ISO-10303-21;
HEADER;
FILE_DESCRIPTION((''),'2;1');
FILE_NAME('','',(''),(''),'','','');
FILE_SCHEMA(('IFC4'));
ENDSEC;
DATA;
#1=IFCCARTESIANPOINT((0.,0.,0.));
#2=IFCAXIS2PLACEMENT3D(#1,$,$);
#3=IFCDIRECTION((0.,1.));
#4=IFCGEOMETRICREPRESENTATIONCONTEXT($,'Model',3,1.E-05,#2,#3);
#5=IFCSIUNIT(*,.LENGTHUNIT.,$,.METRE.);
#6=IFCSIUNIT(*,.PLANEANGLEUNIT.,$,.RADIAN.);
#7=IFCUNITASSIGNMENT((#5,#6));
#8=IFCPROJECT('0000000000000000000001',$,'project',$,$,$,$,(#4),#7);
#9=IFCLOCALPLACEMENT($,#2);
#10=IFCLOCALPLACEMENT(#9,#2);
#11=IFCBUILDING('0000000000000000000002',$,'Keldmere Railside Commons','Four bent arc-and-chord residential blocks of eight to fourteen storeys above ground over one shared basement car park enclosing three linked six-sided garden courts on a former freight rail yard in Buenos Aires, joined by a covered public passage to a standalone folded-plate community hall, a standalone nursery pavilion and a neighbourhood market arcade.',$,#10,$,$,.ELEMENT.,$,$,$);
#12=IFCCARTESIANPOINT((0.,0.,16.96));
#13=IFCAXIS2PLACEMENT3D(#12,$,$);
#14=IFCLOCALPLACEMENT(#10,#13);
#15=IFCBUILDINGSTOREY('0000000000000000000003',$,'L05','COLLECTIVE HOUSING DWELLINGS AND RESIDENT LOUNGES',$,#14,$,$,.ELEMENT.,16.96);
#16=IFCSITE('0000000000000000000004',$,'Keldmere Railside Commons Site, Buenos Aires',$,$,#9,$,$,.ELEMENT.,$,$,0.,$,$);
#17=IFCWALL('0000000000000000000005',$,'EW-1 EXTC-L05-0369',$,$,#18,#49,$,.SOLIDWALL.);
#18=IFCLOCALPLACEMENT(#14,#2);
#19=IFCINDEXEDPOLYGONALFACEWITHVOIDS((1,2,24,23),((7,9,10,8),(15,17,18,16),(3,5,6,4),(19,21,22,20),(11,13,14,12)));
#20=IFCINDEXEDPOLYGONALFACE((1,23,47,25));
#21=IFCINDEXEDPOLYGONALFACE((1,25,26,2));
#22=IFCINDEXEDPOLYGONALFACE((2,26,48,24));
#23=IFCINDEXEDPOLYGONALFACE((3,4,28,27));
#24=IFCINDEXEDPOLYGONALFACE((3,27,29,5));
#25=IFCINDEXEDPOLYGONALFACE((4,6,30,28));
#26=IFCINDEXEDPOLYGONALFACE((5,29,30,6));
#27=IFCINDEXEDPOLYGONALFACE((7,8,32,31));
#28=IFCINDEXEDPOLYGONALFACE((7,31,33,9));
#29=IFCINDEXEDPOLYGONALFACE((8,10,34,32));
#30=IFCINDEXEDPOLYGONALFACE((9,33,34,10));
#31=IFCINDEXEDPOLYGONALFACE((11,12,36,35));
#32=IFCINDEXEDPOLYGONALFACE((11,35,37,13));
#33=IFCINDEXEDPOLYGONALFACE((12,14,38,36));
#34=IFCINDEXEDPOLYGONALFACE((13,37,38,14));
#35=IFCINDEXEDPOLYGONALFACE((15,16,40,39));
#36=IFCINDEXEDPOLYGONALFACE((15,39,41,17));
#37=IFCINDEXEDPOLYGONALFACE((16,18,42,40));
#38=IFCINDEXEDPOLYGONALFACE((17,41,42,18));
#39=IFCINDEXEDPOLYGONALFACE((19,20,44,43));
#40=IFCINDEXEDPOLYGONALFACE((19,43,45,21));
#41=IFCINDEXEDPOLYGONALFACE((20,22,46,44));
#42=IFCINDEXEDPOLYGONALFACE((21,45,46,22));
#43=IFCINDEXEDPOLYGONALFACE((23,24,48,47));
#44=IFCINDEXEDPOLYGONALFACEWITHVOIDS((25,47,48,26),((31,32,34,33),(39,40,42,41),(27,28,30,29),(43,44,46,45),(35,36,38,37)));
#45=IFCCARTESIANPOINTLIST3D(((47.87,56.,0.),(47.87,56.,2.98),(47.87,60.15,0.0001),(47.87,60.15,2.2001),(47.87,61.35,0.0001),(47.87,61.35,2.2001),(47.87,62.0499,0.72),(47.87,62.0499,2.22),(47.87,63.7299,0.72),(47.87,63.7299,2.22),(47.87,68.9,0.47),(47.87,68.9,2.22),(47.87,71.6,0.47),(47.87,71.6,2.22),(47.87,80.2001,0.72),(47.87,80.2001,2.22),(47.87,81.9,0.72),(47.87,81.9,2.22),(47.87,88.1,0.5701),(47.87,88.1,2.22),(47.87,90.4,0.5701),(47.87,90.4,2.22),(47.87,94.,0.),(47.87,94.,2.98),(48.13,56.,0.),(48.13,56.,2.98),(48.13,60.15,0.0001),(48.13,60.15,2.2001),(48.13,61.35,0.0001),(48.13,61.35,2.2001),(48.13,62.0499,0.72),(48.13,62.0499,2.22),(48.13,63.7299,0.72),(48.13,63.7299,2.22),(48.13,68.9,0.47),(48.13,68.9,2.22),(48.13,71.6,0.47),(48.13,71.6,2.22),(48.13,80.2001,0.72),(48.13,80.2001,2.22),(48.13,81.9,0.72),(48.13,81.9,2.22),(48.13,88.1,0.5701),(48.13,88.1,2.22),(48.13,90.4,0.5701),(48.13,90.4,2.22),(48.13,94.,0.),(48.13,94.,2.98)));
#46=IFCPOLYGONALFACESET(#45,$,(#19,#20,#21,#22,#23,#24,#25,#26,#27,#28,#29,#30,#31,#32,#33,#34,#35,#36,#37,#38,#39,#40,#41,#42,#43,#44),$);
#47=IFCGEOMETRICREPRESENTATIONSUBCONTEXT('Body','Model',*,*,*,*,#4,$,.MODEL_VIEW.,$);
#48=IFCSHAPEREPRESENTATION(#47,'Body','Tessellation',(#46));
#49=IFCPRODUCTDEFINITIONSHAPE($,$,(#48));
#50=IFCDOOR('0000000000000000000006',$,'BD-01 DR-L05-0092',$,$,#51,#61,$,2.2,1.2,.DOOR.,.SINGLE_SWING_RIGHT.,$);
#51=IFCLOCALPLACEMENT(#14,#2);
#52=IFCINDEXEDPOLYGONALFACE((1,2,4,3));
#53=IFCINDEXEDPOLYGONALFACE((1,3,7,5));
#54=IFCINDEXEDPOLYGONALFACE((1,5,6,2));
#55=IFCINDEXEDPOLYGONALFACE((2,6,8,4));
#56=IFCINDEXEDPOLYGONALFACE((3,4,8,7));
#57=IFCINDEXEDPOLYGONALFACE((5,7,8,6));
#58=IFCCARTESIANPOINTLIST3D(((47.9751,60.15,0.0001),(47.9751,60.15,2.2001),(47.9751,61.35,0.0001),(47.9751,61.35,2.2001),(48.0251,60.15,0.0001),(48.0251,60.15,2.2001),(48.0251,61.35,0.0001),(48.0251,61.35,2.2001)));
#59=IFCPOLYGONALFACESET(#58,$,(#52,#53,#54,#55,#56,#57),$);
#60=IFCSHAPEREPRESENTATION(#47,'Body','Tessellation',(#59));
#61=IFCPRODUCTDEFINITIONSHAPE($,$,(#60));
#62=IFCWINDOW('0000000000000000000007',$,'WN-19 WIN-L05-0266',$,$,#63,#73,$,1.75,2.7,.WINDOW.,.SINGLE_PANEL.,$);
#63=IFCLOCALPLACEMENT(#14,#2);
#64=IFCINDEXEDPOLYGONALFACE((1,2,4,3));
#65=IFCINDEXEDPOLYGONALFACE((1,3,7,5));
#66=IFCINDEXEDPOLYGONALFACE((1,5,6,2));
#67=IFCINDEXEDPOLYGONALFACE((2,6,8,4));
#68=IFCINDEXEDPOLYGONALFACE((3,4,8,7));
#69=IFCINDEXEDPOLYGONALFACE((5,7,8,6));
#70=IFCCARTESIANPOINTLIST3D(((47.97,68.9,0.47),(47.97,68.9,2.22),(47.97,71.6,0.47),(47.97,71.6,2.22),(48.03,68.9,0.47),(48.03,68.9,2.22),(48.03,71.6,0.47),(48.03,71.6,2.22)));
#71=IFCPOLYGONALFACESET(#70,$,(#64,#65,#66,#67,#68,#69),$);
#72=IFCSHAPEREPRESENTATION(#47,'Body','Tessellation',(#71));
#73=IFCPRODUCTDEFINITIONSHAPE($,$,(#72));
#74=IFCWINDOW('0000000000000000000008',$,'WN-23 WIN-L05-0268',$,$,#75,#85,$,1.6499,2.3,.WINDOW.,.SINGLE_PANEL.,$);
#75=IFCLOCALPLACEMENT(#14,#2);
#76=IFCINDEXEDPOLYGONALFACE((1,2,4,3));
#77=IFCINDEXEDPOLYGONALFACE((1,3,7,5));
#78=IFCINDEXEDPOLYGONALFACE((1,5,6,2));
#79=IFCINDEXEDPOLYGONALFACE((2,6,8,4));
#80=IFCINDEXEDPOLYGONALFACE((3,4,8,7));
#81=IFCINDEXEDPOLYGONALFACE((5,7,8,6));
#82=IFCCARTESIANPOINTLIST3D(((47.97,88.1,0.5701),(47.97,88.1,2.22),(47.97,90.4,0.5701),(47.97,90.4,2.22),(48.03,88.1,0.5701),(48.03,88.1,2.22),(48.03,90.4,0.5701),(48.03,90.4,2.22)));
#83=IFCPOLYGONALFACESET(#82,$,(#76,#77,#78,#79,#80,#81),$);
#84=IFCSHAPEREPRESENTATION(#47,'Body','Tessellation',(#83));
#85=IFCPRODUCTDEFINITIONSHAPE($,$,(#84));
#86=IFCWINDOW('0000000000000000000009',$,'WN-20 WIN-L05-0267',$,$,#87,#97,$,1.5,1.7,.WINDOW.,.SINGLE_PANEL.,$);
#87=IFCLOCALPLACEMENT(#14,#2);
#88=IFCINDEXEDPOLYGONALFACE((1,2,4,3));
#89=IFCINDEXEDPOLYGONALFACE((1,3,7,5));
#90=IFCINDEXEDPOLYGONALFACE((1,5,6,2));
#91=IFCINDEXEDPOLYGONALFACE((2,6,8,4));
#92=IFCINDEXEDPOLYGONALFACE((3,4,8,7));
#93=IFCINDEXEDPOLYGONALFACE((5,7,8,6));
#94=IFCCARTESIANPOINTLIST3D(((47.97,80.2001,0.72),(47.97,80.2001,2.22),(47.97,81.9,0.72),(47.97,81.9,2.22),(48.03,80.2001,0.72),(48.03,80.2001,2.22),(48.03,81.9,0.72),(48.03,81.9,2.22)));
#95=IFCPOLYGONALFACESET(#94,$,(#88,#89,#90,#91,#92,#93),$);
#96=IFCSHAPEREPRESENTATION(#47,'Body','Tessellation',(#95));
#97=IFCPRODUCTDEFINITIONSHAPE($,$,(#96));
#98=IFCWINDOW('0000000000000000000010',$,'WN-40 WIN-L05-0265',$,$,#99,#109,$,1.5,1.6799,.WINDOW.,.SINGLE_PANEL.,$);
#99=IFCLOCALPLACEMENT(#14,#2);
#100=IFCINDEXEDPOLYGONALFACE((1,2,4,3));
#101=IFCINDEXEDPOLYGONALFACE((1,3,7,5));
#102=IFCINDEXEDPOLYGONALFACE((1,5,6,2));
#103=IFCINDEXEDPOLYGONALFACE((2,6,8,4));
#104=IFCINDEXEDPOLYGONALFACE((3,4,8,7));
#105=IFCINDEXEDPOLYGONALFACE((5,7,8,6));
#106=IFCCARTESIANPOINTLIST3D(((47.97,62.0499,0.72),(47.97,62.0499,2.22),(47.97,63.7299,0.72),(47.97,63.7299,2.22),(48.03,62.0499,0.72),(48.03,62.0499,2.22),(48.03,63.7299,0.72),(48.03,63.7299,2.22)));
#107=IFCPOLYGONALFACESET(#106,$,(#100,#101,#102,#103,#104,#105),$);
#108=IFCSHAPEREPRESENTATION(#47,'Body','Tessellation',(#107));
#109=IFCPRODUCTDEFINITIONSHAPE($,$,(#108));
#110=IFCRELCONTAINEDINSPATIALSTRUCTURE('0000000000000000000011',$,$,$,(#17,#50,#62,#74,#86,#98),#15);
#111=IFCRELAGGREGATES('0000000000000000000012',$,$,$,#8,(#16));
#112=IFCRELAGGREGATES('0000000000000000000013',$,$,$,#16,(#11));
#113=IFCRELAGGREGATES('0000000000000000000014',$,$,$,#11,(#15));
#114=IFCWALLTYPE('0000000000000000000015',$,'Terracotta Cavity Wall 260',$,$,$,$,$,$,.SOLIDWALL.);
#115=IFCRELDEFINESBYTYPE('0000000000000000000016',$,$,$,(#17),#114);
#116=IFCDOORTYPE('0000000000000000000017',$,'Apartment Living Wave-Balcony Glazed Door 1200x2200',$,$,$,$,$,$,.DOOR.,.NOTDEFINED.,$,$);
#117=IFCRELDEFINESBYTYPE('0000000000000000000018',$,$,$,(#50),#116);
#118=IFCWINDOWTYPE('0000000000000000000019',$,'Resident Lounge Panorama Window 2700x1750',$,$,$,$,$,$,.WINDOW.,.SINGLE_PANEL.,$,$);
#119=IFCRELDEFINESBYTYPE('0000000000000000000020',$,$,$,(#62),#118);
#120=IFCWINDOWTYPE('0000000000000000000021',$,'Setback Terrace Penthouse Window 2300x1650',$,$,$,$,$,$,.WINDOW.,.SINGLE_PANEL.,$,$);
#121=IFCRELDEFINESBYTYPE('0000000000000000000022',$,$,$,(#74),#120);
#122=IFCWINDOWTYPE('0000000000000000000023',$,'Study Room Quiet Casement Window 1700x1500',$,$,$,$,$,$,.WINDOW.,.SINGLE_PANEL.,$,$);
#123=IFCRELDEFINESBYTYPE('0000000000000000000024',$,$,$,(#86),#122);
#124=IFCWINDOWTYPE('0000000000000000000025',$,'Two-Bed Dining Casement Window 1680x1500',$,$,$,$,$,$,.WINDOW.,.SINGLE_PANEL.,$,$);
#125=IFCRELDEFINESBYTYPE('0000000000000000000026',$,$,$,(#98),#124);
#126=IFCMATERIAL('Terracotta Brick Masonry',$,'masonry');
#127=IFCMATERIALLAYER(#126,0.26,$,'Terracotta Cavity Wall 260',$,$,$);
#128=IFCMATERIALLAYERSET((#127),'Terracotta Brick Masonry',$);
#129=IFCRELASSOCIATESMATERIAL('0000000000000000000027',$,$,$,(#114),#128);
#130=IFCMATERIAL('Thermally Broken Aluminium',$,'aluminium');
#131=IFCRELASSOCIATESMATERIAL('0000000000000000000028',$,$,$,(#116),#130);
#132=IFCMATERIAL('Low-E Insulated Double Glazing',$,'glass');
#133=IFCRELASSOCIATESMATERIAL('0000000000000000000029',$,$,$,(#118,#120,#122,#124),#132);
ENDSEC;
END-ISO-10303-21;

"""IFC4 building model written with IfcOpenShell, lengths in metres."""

from ifc_helpers import new_model, si_unit, direction, frame, frame_2d, origin, place, context, subcontext, project, spatial, rectangle, extrude, material, layer, layer_set, type_object, element, fill, save


model = new_model("IFC4")

# Units and contexts
model_context = context("Model", 3, precision=1e-05, world=origin(), true_north=direction((0.0, 1.0)))
body_context = subcontext(model_context, "Body", "Model", "MODEL_VIEW")
ifc_project = project(units=[si_unit("LENGTHUNIT", "METRE"), si_unit("PLANEANGLEUNIT", "RADIAN")], contexts=[model_context])

# Site, building, storey
site_placement = place(None, origin())
site = spatial("IfcSite", under=ifc_project, at=site_placement, Name="Keldmere Railside Commons Site, Buenos Aires", CompositionType="ELEMENT", RefElevation=0.0)
building_placement = place(site_placement, origin())
building = spatial("IfcBuilding", under=site, at=building_placement, Name="Keldmere Railside Commons", Description="Four bent arc-and-chord residential blocks of eight to fourteen storeys above ground over one shared basement car park enclosing three linked six-sided garden courts on a former freight rail yard in Buenos Aires, joined by a covered public passage to a standalone folded-plate community hall, a standalone nursery pavilion and a neighbourhood market arcade.", CompositionType="ELEMENT")
storey_placement = place(building_placement, frame((0.0, 0.0, 16.96)))
storey = spatial("IfcBuildingStorey", under=building, at=storey_placement, Name="L05", Description="COLLECTIVE HOUSING DWELLINGS AND RESIDENT LOUNGES", CompositionType="ELEMENT", Elevation=16.96)

# Wall, openings, door, windows
ifc_material_1 = material(Name="Terracotta Brick Masonry", Category="masonry")
ifc_layer_1 = layer(ifc_material_1, 0.26, Name="Terracotta Cavity Wall 260")
ifc_layer_set_1 = layer_set([ifc_layer_1], Name="Terracotta Brick Masonry")
wall_type = type_object("IfcWallType", Name="Terracotta Cavity Wall 260", PredefinedType="SOLIDWALL", material=ifc_layer_set_1)
wall_placement = place(storey_placement, frame((48.0, 56.0, 0.0), z_axis=(0.0, 0.0, 1.0), x_axis=(0.0, 1.0, 0.0)))
wall = element("IfcWall", 1, at=wall_placement, inside=storey, type_object=wall_type, Name="EW-1 EXTC-L05-0369", PredefinedType="SOLIDWALL", context=body_context, shape_type="SweptSolid", body=[
    extrude(rectangle(XDim=38.0, YDim=0.26, at=frame_2d((19.0, 0.0))), origin(), (0.0, 0.0, 1.0), 2.98),
])
opening_1_placement = place(wall_placement, frame((4.1499, 0.0, 0.0)))
opening_1 = element("IfcOpeningElement", 2, at=opening_1_placement, cuts=wall, PredefinedType="OPENING", context=body_context, shape_type="SweptSolid", body=[
    extrude(rectangle(XDim=1.2, YDim=2.2, at=frame_2d((0.6001, 1.1001))), frame((0.0, 0.1399, 0.0), z_axis=(0.0, -1.0, 0.0), x_axis=(1.0, 0.0, 0.0)), (0.0, 0.0, 1.0), 0.28),
])
opening_2_placement = place(wall_placement, frame((6.05, 0.0, 0.72)))
opening_2 = element("IfcOpeningElement", 3, at=opening_2_placement, cuts=wall, PredefinedType="OPENING", context=body_context, shape_type="SweptSolid", body=[
    extrude(rectangle(XDim=1.6799, YDim=1.5, at=frame_2d((0.8398, 0.75))), frame((0.0, 0.1399, 0.0), z_axis=(0.0, -1.0, 0.0), x_axis=(1.0, 0.0, 0.0)), (0.0, 0.0, 1.0), 0.28),
])
opening_3_placement = place(wall_placement, frame((12.8999, 0.0, 0.47)))
opening_3 = element("IfcOpeningElement", 4, at=opening_3_placement, cuts=wall, PredefinedType="OPENING", context=body_context, shape_type="SweptSolid", body=[
    extrude(rectangle(XDim=2.7, YDim=1.75, at=frame_2d((1.3501, 0.875))), frame((0.0, 0.1399, 0.0), z_axis=(0.0, -1.0, 0.0), x_axis=(1.0, 0.0, 0.0)), (0.0, 0.0, 1.0), 0.28),
])
opening_4_placement = place(wall_placement, frame((24.2, 0.0, 0.72)))
opening_4 = element("IfcOpeningElement", 5, at=opening_4_placement, cuts=wall, PredefinedType="OPENING", context=body_context, shape_type="SweptSolid", body=[
    extrude(rectangle(XDim=1.7, YDim=1.5, at=frame_2d((0.8501, 0.75))), frame((0.0, 0.1399, 0.0), z_axis=(0.0, -1.0, 0.0), x_axis=(1.0, 0.0, 0.0)), (0.0, 0.0, 1.0), 0.28),
])
opening_5_placement = place(wall_placement, frame((32.1001, 0.0, 0.5701)))
opening_5 = element("IfcOpeningElement", 6, at=opening_5_placement, cuts=wall, PredefinedType="OPENING", context=body_context, shape_type="SweptSolid", body=[
    extrude(rectangle(XDim=2.3, YDim=1.6499, at=frame_2d((1.1499, 0.825))), frame((0.0, 0.1399, 0.0), z_axis=(0.0, -1.0, 0.0), x_axis=(1.0, 0.0, 0.0)), (0.0, 0.0, 1.0), 0.28),
])
ifc_material_2 = material(Name="Thermally Broken Aluminium", Category="aluminium")
door_type = type_object("IfcDoorType", Name="Apartment Living Wave-Balcony Glazed Door 1200x2200", OperationType="NOTDEFINED", PredefinedType="DOOR", material=ifc_material_2)
door_placement = place(opening_1_placement, origin())
door = element("IfcDoor", 7, at=door_placement, inside=storey, type_object=door_type, Name="BD-01 DR-L05-0092", OperationType="SINGLE_SWING_RIGHT", OverallHeight=2.2, OverallWidth=1.2, PredefinedType="DOOR", context=body_context, shape_type="SweptSolid", body=[
    extrude(rectangle(XDim=1.2, YDim=2.2, at=frame_2d((0.6001, 1.1001))), frame((0.0, 0.0249, 0.0), z_axis=(0.0, -1.0, 0.0), x_axis=(1.0, 0.0, 0.0)), (0.0, 0.0, 1.0), 0.05),
])
fill(opening_1, door)
ifc_material_3 = material(Name="Low-E Insulated Double Glazing", Category="glass")
window_type_1 = type_object("IfcWindowType", Name="Resident Lounge Panorama Window 2700x1750", PartitioningType="SINGLE_PANEL", PredefinedType="WINDOW", material=ifc_material_3)
window_1_placement = place(opening_3_placement, origin())
window_1 = element("IfcWindow", 8, at=window_1_placement, inside=storey, type_object=window_type_1, Name="WN-19 WIN-L05-0266", OverallHeight=1.75, OverallWidth=2.7, PartitioningType="SINGLE_PANEL", PredefinedType="WINDOW", context=body_context, shape_type="SweptSolid", body=[
    extrude(rectangle(XDim=2.7, YDim=1.75, at=frame_2d((1.3501, 0.875))), frame((0.0, 0.03, 0.0), z_axis=(0.0, -1.0, 0.0), x_axis=(1.0, 0.0, 0.0)), (0.0, 0.0, 1.0), 0.0601),
])
fill(opening_3, window_1)
window_type_2 = type_object("IfcWindowType", Name="Setback Terrace Penthouse Window 2300x1650", PartitioningType="SINGLE_PANEL", PredefinedType="WINDOW", material=ifc_material_3)
window_2_placement = place(opening_5_placement, origin())
window_2 = element("IfcWindow", 9, at=window_2_placement, inside=storey, type_object=window_type_2, Name="WN-23 WIN-L05-0268", OverallHeight=1.6499, OverallWidth=2.3, PartitioningType="SINGLE_PANEL", PredefinedType="WINDOW", context=body_context, shape_type="SweptSolid", body=[
    extrude(rectangle(XDim=2.3, YDim=1.6499, at=frame_2d((1.1499, 0.825))), frame((0.0, 0.03, 0.0), z_axis=(0.0, -1.0, 0.0), x_axis=(1.0, 0.0, 0.0)), (0.0, 0.0, 1.0), 0.0601),
])
fill(opening_5, window_2)
window_type_3 = type_object("IfcWindowType", Name="Study Room Quiet Casement Window 1700x1500", PartitioningType="SINGLE_PANEL", PredefinedType="WINDOW", material=ifc_material_3)
window_3_placement = place(opening_4_placement, origin())
window_3 = element("IfcWindow", 10, at=window_3_placement, inside=storey, type_object=window_type_3, Name="WN-20 WIN-L05-0267", OverallHeight=1.5, OverallWidth=1.7, PartitioningType="SINGLE_PANEL", PredefinedType="WINDOW", context=body_context, shape_type="SweptSolid", body=[
    extrude(rectangle(XDim=1.7, YDim=1.5, at=frame_2d((0.8501, 0.75))), frame((0.0, 0.03, 0.0), z_axis=(0.0, -1.0, 0.0), x_axis=(1.0, 0.0, 0.0)), (0.0, 0.0, 1.0), 0.0601),
])
fill(opening_4, window_3)
window_type_4 = type_object("IfcWindowType", Name="Two-Bed Dining Casement Window 1680x1500", PartitioningType="SINGLE_PANEL", PredefinedType="WINDOW", material=ifc_material_3)
window_4_placement = place(opening_2_placement, origin())
window_4 = element("IfcWindow", 11, at=window_4_placement, inside=storey, type_object=window_type_4, Name="WN-40 WIN-L05-0265", OverallHeight=1.5, OverallWidth=1.6799, PartitioningType="SINGLE_PANEL", PredefinedType="WINDOW", context=body_context, shape_type="SweptSolid", body=[
    extrude(rectangle(XDim=1.6799, YDim=1.5, at=frame_2d((0.8398, 0.75))), frame((0.0, 0.03, 0.0), z_axis=(0.0, -1.0, 0.0), x_axis=(1.0, 0.0, 0.0)), (0.0, 0.0, 1.0), 0.0601),
])
fill(opening_2, window_4)

save(model, "model.ifc")
